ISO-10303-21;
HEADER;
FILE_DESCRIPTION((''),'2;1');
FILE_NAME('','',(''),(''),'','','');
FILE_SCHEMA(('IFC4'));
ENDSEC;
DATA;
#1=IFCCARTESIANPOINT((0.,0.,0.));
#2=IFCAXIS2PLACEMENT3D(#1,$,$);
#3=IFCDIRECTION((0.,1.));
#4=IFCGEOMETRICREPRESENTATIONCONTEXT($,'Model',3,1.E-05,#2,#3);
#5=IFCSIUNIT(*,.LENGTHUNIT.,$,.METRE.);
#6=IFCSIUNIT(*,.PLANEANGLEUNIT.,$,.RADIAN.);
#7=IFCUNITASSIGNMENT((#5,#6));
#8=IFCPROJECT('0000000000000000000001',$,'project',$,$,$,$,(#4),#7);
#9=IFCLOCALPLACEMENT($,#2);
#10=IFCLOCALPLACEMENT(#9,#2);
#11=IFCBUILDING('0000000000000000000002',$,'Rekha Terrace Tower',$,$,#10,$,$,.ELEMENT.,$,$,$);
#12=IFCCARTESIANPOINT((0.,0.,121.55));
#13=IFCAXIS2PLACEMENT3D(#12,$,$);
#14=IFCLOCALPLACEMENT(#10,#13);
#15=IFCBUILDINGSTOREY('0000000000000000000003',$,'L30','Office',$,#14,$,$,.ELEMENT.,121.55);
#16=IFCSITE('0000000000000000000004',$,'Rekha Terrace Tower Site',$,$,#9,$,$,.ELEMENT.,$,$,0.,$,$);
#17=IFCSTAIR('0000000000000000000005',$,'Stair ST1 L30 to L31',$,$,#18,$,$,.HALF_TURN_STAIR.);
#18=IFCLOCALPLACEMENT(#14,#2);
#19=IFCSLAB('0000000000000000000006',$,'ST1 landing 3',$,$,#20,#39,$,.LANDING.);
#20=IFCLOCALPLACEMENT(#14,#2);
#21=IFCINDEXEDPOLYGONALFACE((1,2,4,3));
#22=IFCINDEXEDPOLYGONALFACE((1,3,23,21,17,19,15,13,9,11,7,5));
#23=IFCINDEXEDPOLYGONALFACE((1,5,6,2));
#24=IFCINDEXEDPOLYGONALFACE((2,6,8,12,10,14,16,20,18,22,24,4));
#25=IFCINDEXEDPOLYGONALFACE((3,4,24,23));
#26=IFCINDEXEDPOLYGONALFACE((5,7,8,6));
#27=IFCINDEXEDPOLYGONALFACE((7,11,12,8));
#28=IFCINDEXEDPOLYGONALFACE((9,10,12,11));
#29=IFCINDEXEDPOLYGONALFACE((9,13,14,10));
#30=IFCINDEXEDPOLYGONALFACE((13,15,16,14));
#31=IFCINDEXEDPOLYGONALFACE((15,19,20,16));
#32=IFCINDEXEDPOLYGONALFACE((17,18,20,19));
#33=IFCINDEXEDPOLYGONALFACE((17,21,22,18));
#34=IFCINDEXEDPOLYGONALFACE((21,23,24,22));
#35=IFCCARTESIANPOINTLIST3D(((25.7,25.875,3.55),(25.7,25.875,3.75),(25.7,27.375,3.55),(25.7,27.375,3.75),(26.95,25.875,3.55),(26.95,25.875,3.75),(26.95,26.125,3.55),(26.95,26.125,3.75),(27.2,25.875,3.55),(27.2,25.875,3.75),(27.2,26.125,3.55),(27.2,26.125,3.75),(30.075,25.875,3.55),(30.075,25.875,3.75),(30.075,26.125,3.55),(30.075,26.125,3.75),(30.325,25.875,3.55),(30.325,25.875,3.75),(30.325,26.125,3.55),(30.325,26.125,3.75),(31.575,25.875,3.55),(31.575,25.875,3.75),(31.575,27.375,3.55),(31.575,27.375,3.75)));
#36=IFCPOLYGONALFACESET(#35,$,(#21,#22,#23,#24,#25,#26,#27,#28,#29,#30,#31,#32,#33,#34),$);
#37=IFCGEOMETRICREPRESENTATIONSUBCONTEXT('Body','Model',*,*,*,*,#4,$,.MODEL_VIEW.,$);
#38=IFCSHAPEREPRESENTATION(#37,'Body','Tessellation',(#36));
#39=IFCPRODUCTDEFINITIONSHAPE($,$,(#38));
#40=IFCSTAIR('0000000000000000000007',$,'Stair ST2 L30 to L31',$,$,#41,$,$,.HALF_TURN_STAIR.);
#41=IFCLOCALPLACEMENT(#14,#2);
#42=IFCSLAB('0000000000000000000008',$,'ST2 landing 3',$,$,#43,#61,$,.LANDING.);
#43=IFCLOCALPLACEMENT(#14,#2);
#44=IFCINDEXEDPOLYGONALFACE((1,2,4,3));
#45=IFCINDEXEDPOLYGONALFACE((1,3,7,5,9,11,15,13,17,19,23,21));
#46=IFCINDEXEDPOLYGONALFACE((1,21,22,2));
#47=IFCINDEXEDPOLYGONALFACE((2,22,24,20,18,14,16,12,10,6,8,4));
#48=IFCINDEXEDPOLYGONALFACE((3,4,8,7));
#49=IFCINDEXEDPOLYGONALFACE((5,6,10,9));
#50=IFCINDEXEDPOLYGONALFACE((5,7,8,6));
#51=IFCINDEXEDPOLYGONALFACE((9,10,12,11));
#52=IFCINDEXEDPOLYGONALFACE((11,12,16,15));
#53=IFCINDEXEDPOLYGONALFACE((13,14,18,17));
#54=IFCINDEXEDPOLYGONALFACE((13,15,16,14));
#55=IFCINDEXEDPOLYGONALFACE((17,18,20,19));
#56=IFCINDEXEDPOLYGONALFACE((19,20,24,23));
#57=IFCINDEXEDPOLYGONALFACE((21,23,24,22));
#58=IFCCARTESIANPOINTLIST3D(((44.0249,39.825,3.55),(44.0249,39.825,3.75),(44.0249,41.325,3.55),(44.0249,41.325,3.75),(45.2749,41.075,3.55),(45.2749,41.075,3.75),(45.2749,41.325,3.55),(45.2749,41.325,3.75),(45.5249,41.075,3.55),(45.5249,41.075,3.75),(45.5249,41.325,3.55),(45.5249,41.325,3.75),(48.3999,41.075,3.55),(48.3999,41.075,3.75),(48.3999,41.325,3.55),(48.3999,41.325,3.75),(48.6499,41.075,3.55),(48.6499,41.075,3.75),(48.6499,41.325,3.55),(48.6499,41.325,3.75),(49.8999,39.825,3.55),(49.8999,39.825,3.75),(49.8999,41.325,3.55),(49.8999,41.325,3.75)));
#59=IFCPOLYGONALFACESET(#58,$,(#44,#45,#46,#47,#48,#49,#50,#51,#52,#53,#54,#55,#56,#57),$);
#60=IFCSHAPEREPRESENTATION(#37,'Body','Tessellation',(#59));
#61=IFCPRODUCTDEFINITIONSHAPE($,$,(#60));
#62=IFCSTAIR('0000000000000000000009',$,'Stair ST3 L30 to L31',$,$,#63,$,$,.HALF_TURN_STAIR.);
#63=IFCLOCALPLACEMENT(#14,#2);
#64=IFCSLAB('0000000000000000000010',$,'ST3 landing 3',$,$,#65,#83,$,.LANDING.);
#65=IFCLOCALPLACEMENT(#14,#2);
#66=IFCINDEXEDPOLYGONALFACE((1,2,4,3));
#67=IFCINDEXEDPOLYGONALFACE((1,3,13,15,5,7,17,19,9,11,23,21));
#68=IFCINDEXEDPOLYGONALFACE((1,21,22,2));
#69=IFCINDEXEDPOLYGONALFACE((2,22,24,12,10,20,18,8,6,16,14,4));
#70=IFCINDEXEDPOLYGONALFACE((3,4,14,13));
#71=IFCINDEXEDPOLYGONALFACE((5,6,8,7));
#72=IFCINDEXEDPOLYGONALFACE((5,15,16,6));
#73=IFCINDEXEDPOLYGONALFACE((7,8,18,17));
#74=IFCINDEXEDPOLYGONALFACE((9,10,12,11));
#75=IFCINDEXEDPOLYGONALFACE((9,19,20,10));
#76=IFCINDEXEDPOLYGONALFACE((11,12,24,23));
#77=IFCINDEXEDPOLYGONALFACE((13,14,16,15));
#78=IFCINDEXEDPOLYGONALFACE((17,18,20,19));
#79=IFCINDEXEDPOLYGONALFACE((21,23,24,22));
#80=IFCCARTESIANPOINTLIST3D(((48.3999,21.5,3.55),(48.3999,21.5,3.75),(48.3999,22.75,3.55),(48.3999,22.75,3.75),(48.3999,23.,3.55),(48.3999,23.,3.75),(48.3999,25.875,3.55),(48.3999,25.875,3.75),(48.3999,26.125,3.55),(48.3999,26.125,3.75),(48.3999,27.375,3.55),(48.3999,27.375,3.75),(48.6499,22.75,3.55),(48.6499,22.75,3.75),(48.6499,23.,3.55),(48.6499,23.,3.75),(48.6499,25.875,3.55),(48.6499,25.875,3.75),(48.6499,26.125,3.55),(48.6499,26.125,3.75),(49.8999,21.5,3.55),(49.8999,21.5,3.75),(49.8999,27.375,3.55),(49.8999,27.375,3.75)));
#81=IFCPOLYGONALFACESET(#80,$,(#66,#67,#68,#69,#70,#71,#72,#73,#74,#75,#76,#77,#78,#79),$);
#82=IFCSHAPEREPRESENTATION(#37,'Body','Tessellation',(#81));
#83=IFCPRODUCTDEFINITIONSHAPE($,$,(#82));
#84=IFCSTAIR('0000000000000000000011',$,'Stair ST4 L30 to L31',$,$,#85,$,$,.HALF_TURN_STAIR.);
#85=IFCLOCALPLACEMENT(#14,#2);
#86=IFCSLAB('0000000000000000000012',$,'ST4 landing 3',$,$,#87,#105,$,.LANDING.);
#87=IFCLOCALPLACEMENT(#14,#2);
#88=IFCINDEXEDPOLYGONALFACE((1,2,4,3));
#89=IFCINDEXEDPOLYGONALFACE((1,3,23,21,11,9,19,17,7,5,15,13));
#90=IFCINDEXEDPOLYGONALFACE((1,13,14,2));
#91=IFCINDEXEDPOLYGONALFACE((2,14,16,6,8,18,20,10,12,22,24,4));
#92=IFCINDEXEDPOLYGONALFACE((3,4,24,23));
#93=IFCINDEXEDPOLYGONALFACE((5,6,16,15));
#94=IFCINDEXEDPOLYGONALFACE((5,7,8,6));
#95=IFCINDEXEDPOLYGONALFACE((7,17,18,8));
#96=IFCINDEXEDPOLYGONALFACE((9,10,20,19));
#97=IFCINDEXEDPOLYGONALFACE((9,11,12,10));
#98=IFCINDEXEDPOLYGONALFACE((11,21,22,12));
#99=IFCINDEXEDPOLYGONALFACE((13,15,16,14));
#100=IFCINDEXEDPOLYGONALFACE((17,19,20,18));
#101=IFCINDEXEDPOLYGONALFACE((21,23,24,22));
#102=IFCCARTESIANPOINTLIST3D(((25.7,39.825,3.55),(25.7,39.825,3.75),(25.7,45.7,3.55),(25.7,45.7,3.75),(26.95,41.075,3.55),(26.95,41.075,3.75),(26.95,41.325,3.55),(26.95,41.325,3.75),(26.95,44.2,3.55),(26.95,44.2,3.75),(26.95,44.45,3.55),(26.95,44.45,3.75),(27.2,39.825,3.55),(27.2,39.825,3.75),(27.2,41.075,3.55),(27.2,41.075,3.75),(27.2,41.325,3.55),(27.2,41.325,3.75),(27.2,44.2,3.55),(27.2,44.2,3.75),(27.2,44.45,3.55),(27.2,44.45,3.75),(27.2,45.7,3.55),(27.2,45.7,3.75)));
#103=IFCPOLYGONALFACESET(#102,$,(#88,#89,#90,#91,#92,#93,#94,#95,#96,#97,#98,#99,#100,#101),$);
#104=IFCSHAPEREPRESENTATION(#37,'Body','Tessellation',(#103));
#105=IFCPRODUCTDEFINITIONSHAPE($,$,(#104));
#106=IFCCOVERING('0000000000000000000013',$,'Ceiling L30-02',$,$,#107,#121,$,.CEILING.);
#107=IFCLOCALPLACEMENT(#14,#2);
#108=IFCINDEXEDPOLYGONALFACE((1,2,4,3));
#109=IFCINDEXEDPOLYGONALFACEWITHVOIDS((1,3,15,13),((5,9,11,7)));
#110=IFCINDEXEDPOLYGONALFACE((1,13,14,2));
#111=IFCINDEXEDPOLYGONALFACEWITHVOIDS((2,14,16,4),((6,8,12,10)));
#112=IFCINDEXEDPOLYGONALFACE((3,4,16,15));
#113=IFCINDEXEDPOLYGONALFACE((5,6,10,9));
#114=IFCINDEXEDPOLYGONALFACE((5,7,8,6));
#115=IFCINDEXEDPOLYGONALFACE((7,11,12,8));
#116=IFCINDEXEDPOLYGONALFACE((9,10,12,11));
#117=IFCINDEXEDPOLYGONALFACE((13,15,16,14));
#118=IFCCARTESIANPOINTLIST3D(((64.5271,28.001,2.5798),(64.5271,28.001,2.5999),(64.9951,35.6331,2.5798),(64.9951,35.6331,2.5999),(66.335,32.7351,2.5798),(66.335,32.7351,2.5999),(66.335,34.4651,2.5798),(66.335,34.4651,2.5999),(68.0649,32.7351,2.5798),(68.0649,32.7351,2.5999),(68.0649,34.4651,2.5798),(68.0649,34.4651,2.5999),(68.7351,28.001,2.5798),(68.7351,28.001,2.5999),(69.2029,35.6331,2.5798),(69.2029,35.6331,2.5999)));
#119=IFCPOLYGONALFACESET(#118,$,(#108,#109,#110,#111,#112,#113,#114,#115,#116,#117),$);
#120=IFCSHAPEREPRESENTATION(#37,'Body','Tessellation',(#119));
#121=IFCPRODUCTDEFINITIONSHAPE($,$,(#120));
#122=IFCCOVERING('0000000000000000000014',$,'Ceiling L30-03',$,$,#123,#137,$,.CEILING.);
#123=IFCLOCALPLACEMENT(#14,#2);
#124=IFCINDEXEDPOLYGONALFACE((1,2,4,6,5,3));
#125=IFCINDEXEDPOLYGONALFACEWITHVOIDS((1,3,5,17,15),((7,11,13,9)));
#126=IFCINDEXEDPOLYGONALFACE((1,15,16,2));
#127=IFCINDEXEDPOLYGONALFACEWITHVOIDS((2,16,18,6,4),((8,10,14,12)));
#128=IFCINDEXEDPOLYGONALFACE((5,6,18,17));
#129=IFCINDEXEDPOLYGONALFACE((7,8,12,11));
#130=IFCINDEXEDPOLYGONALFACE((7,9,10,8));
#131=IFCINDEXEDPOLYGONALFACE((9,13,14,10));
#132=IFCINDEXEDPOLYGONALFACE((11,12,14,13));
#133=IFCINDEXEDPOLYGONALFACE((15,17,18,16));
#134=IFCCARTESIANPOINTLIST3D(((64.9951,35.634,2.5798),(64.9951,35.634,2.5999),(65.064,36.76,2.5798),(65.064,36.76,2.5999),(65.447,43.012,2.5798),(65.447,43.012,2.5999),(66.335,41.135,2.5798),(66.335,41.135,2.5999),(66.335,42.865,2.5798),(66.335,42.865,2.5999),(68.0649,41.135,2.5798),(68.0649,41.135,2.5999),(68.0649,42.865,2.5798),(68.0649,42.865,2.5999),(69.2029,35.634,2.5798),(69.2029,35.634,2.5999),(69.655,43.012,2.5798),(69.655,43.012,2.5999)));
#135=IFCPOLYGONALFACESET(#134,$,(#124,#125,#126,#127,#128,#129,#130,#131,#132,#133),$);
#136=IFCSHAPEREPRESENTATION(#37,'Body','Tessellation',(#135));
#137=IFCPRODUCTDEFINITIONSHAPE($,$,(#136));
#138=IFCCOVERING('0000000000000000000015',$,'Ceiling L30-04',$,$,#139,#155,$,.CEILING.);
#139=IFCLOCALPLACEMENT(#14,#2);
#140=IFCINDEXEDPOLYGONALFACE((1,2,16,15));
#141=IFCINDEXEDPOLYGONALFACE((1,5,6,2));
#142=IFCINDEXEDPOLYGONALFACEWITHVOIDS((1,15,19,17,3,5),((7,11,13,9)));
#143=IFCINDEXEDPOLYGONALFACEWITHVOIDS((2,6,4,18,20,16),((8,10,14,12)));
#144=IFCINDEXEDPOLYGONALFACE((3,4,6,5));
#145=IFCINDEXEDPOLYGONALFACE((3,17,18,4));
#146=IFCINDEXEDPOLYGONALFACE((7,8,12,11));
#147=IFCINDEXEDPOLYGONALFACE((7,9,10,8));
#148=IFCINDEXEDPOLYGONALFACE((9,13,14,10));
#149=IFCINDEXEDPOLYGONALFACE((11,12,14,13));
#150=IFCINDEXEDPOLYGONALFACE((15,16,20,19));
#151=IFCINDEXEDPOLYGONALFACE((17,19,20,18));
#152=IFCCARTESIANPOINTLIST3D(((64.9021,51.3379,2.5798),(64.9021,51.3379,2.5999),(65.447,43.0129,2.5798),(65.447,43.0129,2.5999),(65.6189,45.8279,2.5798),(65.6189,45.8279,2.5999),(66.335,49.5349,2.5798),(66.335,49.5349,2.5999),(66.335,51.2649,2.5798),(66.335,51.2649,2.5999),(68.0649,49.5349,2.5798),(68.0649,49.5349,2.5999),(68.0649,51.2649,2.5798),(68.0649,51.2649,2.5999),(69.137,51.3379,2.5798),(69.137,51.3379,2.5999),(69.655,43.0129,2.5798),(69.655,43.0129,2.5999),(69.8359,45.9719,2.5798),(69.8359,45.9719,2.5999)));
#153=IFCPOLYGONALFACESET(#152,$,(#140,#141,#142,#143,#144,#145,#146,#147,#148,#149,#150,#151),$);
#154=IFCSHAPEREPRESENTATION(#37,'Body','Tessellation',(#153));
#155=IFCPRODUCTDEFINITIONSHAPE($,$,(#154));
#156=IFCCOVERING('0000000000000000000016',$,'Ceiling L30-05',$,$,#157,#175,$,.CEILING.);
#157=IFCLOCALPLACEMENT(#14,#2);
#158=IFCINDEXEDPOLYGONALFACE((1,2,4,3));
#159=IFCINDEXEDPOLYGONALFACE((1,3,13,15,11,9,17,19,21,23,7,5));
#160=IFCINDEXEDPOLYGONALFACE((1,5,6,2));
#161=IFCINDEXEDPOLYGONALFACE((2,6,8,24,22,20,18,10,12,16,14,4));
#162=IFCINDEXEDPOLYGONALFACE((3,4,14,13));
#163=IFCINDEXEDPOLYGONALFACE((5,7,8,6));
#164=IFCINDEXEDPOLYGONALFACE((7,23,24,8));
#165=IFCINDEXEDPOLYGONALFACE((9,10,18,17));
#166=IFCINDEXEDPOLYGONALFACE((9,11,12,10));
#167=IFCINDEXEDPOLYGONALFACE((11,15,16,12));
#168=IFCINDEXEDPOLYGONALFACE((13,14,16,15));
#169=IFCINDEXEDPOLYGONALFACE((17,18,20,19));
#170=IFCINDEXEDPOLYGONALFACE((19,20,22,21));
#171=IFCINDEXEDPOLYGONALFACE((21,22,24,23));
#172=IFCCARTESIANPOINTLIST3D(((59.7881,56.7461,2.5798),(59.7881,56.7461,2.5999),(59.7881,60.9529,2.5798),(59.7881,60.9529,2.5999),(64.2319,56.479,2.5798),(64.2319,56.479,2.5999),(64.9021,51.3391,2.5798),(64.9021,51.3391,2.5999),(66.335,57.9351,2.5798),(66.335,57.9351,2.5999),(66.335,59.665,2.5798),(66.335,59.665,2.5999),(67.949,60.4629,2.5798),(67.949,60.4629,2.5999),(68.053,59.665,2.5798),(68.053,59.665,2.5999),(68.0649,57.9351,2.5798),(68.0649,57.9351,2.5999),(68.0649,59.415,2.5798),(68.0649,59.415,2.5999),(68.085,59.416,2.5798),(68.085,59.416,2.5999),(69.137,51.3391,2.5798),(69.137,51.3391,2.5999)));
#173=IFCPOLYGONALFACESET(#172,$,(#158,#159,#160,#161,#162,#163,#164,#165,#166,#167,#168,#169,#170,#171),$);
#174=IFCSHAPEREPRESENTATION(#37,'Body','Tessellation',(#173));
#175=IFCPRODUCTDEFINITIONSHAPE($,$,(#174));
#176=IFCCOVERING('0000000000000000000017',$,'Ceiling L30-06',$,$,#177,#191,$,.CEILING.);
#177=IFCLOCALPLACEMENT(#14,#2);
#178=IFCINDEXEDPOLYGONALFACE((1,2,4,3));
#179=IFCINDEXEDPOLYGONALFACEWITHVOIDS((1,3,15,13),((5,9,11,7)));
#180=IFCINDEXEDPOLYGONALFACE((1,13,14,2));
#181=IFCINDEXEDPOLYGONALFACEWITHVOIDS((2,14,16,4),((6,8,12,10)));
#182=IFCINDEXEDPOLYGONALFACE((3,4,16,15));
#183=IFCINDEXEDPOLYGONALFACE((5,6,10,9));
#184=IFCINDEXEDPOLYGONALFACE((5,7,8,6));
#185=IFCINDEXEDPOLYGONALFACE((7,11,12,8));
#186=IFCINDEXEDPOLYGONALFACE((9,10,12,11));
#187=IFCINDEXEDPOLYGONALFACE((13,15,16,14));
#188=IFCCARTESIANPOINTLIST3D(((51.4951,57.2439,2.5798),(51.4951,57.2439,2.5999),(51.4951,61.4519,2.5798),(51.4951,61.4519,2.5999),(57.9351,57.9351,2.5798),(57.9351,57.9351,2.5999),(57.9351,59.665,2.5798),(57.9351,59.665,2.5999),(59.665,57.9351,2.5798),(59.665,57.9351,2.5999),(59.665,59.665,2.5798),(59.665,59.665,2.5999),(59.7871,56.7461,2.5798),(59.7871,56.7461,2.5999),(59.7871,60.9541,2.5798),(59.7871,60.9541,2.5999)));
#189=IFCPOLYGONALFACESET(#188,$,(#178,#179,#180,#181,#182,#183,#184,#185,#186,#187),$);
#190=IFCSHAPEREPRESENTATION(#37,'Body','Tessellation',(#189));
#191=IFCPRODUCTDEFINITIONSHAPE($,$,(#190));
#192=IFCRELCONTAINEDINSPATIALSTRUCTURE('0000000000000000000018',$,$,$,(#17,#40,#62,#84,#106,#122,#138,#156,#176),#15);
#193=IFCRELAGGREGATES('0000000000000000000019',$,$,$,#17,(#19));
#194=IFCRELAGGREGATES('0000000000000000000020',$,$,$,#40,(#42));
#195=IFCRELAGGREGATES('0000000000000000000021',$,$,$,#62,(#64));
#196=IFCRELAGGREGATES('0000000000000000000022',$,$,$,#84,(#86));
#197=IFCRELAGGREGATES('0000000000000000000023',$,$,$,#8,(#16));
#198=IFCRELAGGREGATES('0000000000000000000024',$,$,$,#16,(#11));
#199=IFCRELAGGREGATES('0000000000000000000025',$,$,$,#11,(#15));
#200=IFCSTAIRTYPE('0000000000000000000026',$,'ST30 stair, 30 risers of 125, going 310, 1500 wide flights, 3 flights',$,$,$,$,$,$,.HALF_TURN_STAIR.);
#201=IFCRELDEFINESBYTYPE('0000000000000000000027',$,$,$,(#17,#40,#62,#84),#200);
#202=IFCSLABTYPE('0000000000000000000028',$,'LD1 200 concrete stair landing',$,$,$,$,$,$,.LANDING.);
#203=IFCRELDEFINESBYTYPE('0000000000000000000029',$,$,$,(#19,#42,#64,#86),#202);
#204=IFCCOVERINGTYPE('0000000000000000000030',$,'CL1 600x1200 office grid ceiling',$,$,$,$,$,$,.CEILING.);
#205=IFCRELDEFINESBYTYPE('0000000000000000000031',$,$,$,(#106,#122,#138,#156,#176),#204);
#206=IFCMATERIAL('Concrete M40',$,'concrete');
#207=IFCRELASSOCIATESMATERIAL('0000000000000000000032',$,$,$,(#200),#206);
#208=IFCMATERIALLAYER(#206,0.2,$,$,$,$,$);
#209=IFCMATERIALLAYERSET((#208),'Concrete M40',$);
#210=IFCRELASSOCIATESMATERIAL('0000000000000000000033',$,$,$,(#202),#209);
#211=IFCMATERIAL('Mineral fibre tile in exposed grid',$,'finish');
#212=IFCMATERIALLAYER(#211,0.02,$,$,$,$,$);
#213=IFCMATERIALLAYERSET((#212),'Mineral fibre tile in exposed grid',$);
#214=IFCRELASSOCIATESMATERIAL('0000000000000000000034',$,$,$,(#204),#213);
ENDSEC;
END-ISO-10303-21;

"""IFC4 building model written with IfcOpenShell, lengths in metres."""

from ifc_helpers import new_model, si_unit, direction, frame, origin, place, context, subcontext, project, spatial, polyline, outline, extrude, material, layer, layer_set, type_object, element, aggregate, save


model = new_model("IFC4")

# Units and contexts
model_context = context("Model", 3, precision=1e-05, world=origin(), true_north=direction((0.0, 1.0)))
body_context = subcontext(model_context, "Body", "Model", "MODEL_VIEW")
ifc_project = project(units=[si_unit("LENGTHUNIT", "METRE"), si_unit("PLANEANGLEUNIT", "RADIAN")], contexts=[model_context])

# Site, building, storey
site_placement = place(None, origin())
site = spatial("IfcSite", under=ifc_project, at=site_placement, Name="Rekha Terrace Tower Site", CompositionType="ELEMENT", RefElevation=0.0)
building_placement = place(site_placement, origin())
building = spatial("IfcBuilding", under=site, at=building_placement, Name="Rekha Terrace Tower", CompositionType="ELEMENT")
storey_placement = place(building_placement, frame((0.0, 0.0, 121.55)))
storey = spatial("IfcBuildingStorey", under=building, at=storey_placement, Name="L30", Description="Office", CompositionType="ELEMENT", Elevation=121.55)

# Stairs, slabs
ifc_material_1 = material(Name="Concrete M40", Category="concrete")
stair_type = type_object("IfcStairType", Name="ST30 stair, 30 risers of 125, going 310, 1500 wide flights, 3 flights", PredefinedType="HALF_TURN_STAIR", material=ifc_material_1)
stair_1_placement = place(storey_placement, origin())
stair_1 = element("IfcStair", 1, at=stair_1_placement, inside=storey, type_object=stair_type, Name="Stair ST1 L30 to L31", PredefinedType="HALF_TURN_STAIR")
ifc_layer_1 = layer(ifc_material_1, 0.2)
ifc_layer_set_1 = layer_set([ifc_layer_1], Name="Concrete M40")
slab_type = type_object("IfcSlabType", Name="LD1 200 concrete stair landing", PredefinedType="LANDING", material=ifc_layer_set_1)
slab_1_placement = place(storey_placement, frame((0.0, 0.0, 3.55)))
slab_1 = element("IfcSlab", 2, at=slab_1_placement, type_object=slab_type, Name="ST1 landing 3", PredefinedType="LANDING", context=body_context, shape_type="SweptSolid", body=[
    extrude(outline(polyline([(31.575, 25.875), (31.575, 27.375), (25.7, 27.375), (25.7, 25.875), (26.95, 25.875), (26.95, 26.125), (27.2, 26.125), (27.2, 25.875), (30.075, 25.875), (30.075, 26.125), (30.325, 26.125), (30.325, 25.875), (31.575, 25.875)])), origin(), (0.0, 0.0, 1.0), 0.2),
])
aggregate(stair_1, [slab_1])
stair_2_placement = place(storey_placement, origin())
stair_2 = element("IfcStair", 3, at=stair_2_placement, inside=storey, type_object=stair_type, Name="Stair ST2 L30 to L31", PredefinedType="HALF_TURN_STAIR")
slab_2_placement = place(storey_placement, frame((0.0, 0.0, 3.55)))
slab_2 = element("IfcSlab", 4, at=slab_2_placement, type_object=slab_type, Name="ST2 landing 3", PredefinedType="LANDING", context=body_context, shape_type="SweptSolid", body=[
    extrude(outline(polyline([(44.0249, 41.325), (44.0249, 39.825), (49.8999, 39.825), (49.8999, 41.325), (48.6499, 41.325), (48.6499, 41.075), (48.3999, 41.075), (48.3999, 41.325), (45.5249, 41.325), (45.5249, 41.075), (45.2749, 41.075), (45.2749, 41.325), (44.0249, 41.325)])), origin(), (0.0, 0.0, 1.0), 0.2),
])
aggregate(stair_2, [slab_2])
stair_3_placement = place(storey_placement, origin())
stair_3 = element("IfcStair", 5, at=stair_3_placement, inside=storey, type_object=stair_type, Name="Stair ST3 L30 to L31", PredefinedType="HALF_TURN_STAIR")
slab_3_placement = place(storey_placement, frame((0.0, 0.0, 3.55)))
slab_3 = element("IfcSlab", 6, at=slab_3_placement, type_object=slab_type, Name="ST3 landing 3", PredefinedType="LANDING", context=body_context, shape_type="SweptSolid", body=[
    extrude(outline(polyline([(48.3999, 21.5), (49.8999, 21.5), (49.8999, 27.375), (48.3999, 27.375), (48.3999, 26.125), (48.6499, 26.125), (48.6499, 25.875), (48.3999, 25.875), (48.3999, 23.0), (48.6499, 23.0), (48.6499, 22.75), (48.3999, 22.75), (48.3999, 21.5)])), origin(), (0.0, 0.0, 1.0), 0.2),
])
aggregate(stair_3, [slab_3])
stair_4_placement = place(storey_placement, origin())
stair_4 = element("IfcStair", 7, at=stair_4_placement, inside=storey, type_object=stair_type, Name="Stair ST4 L30 to L31", PredefinedType="HALF_TURN_STAIR")
slab_4_placement = place(storey_placement, frame((0.0, 0.0, 3.55)))
slab_4 = element("IfcSlab", 8, at=slab_4_placement, type_object=slab_type, Name="ST4 landing 3", PredefinedType="LANDING", context=body_context, shape_type="SweptSolid", body=[
    extrude(outline(polyline([(27.2, 39.825), (25.7, 39.825), (25.7, 45.7), (27.2, 45.7), (27.2, 44.45), (26.95, 44.45), (26.95, 44.2), (27.2, 44.2), (27.2, 41.325), (26.95, 41.325), (26.95, 41.075), (27.2, 41.075), (27.2, 39.825)])), origin(), (0.0, 0.0, 1.0), 0.2),
])
aggregate(stair_4, [slab_4])

# Coverings
ifc_material_2 = material(Name="Mineral fibre tile in exposed grid", Category="finish")
ifc_layer_2 = layer(ifc_material_2, 0.02)
ifc_layer_set_2 = layer_set([ifc_layer_2], Name="Mineral fibre tile in exposed grid")
covering_type_1 = type_object("IfcCoveringType", Name="CL1 600x1200 office grid ceiling", PredefinedType="CEILING", material=ifc_layer_set_2)
covering_1_placement = place(storey_placement, frame((0.0, 0.0, 2.5798)))
element("IfcCovering", 9, at=covering_1_placement, inside=storey, type_object=covering_type_1, Name="Ceiling L30-02", PredefinedType="CEILING", context=body_context, shape_type="SweptSolid", body=[
    extrude(outline(polyline([(68.7351, 28.001), (69.2029, 35.6331), (64.9951, 35.6331), (64.5271, 28.001), (68.7351, 28.001)]), holes=[polyline([(68.0649, 34.4651), (68.0649, 32.7351), (66.335, 32.7351), (66.335, 34.4651), (68.0649, 34.4651)])]), origin(), (0.0, 0.0, 1.0), 0.02),
])
covering_2_placement = place(storey_placement, frame((0.0, 0.0, 2.5798)))
element("IfcCovering", 10, at=covering_2_placement, inside=storey, type_object=covering_type_1, Name="Ceiling L30-03", PredefinedType="CEILING", context=body_context, shape_type="SweptSolid", body=[
    extrude(outline(polyline([(69.655, 43.012), (65.447, 43.012), (65.064, 36.76), (64.9951, 35.634), (69.2029, 35.634), (69.655, 43.012)]), holes=[polyline([(68.0649, 41.135), (66.335, 41.135), (66.335, 42.865), (68.0649, 42.865), (68.0649, 41.135)])]), origin(), (0.0, 0.0, 1.0), 0.02),
])
covering_3_placement = place(storey_placement, frame((0.0, 0.0, 2.5798)))
element("IfcCovering", 11, at=covering_3_placement, inside=storey, type_object=covering_type_1, Name="Ceiling L30-04", PredefinedType="CEILING", context=body_context, shape_type="SweptSolid", body=[
    extrude(outline(polyline([(69.8359, 45.9719), (69.137, 51.3379), (64.9021, 51.3379), (65.6189, 45.8279), (65.447, 43.0129), (69.655, 43.0129), (69.8359, 45.9719)]), holes=[polyline([(68.0649, 49.5349), (66.335, 49.5349), (66.335, 51.2649), (68.0649, 51.2649), (68.0649, 49.5349)])]), origin(), (0.0, 0.0, 1.0), 0.02),
])
covering_4_placement = place(storey_placement, frame((0.0, 0.0, 2.5798)))
element("IfcCovering", 12, at=covering_4_placement, inside=storey, type_object=covering_type_1, Name="Ceiling L30-05", PredefinedType="CEILING", context=body_context, shape_type="SweptSolid", body=[
    extrude(outline(polyline([(67.949, 60.4629), (59.7881, 60.9529), (59.7881, 56.7461), (64.2319, 56.479), (64.9021, 51.3391), (69.137, 51.3391), (68.085, 59.416), (68.0649, 59.415), (68.0649, 57.9351), (66.335, 57.9351), (66.335, 59.665), (68.053, 59.665), (67.949, 60.4629)])), origin(), (0.0, 0.0, 1.0), 0.02),
])
covering_5_placement = place(storey_placement, frame((0.0, 0.0, 2.5798)))
element("IfcCovering", 13, at=covering_5_placement, inside=storey, type_object=covering_type_1, Name="Ceiling L30-06", PredefinedType="CEILING", context=body_context, shape_type="SweptSolid", body=[
    extrude(outline(polyline([(59.7871, 56.7461), (59.7871, 60.9541), (51.4951, 61.4519), (51.4951, 57.2439), (59.7871, 56.7461)]), holes=[polyline([(59.665, 57.9351), (57.9351, 57.9351), (57.9351, 59.665), (59.665, 59.665), (59.665, 57.9351)])]), origin(), (0.0, 0.0, 1.0), 0.02),
])

save(model, "model.ifc")
